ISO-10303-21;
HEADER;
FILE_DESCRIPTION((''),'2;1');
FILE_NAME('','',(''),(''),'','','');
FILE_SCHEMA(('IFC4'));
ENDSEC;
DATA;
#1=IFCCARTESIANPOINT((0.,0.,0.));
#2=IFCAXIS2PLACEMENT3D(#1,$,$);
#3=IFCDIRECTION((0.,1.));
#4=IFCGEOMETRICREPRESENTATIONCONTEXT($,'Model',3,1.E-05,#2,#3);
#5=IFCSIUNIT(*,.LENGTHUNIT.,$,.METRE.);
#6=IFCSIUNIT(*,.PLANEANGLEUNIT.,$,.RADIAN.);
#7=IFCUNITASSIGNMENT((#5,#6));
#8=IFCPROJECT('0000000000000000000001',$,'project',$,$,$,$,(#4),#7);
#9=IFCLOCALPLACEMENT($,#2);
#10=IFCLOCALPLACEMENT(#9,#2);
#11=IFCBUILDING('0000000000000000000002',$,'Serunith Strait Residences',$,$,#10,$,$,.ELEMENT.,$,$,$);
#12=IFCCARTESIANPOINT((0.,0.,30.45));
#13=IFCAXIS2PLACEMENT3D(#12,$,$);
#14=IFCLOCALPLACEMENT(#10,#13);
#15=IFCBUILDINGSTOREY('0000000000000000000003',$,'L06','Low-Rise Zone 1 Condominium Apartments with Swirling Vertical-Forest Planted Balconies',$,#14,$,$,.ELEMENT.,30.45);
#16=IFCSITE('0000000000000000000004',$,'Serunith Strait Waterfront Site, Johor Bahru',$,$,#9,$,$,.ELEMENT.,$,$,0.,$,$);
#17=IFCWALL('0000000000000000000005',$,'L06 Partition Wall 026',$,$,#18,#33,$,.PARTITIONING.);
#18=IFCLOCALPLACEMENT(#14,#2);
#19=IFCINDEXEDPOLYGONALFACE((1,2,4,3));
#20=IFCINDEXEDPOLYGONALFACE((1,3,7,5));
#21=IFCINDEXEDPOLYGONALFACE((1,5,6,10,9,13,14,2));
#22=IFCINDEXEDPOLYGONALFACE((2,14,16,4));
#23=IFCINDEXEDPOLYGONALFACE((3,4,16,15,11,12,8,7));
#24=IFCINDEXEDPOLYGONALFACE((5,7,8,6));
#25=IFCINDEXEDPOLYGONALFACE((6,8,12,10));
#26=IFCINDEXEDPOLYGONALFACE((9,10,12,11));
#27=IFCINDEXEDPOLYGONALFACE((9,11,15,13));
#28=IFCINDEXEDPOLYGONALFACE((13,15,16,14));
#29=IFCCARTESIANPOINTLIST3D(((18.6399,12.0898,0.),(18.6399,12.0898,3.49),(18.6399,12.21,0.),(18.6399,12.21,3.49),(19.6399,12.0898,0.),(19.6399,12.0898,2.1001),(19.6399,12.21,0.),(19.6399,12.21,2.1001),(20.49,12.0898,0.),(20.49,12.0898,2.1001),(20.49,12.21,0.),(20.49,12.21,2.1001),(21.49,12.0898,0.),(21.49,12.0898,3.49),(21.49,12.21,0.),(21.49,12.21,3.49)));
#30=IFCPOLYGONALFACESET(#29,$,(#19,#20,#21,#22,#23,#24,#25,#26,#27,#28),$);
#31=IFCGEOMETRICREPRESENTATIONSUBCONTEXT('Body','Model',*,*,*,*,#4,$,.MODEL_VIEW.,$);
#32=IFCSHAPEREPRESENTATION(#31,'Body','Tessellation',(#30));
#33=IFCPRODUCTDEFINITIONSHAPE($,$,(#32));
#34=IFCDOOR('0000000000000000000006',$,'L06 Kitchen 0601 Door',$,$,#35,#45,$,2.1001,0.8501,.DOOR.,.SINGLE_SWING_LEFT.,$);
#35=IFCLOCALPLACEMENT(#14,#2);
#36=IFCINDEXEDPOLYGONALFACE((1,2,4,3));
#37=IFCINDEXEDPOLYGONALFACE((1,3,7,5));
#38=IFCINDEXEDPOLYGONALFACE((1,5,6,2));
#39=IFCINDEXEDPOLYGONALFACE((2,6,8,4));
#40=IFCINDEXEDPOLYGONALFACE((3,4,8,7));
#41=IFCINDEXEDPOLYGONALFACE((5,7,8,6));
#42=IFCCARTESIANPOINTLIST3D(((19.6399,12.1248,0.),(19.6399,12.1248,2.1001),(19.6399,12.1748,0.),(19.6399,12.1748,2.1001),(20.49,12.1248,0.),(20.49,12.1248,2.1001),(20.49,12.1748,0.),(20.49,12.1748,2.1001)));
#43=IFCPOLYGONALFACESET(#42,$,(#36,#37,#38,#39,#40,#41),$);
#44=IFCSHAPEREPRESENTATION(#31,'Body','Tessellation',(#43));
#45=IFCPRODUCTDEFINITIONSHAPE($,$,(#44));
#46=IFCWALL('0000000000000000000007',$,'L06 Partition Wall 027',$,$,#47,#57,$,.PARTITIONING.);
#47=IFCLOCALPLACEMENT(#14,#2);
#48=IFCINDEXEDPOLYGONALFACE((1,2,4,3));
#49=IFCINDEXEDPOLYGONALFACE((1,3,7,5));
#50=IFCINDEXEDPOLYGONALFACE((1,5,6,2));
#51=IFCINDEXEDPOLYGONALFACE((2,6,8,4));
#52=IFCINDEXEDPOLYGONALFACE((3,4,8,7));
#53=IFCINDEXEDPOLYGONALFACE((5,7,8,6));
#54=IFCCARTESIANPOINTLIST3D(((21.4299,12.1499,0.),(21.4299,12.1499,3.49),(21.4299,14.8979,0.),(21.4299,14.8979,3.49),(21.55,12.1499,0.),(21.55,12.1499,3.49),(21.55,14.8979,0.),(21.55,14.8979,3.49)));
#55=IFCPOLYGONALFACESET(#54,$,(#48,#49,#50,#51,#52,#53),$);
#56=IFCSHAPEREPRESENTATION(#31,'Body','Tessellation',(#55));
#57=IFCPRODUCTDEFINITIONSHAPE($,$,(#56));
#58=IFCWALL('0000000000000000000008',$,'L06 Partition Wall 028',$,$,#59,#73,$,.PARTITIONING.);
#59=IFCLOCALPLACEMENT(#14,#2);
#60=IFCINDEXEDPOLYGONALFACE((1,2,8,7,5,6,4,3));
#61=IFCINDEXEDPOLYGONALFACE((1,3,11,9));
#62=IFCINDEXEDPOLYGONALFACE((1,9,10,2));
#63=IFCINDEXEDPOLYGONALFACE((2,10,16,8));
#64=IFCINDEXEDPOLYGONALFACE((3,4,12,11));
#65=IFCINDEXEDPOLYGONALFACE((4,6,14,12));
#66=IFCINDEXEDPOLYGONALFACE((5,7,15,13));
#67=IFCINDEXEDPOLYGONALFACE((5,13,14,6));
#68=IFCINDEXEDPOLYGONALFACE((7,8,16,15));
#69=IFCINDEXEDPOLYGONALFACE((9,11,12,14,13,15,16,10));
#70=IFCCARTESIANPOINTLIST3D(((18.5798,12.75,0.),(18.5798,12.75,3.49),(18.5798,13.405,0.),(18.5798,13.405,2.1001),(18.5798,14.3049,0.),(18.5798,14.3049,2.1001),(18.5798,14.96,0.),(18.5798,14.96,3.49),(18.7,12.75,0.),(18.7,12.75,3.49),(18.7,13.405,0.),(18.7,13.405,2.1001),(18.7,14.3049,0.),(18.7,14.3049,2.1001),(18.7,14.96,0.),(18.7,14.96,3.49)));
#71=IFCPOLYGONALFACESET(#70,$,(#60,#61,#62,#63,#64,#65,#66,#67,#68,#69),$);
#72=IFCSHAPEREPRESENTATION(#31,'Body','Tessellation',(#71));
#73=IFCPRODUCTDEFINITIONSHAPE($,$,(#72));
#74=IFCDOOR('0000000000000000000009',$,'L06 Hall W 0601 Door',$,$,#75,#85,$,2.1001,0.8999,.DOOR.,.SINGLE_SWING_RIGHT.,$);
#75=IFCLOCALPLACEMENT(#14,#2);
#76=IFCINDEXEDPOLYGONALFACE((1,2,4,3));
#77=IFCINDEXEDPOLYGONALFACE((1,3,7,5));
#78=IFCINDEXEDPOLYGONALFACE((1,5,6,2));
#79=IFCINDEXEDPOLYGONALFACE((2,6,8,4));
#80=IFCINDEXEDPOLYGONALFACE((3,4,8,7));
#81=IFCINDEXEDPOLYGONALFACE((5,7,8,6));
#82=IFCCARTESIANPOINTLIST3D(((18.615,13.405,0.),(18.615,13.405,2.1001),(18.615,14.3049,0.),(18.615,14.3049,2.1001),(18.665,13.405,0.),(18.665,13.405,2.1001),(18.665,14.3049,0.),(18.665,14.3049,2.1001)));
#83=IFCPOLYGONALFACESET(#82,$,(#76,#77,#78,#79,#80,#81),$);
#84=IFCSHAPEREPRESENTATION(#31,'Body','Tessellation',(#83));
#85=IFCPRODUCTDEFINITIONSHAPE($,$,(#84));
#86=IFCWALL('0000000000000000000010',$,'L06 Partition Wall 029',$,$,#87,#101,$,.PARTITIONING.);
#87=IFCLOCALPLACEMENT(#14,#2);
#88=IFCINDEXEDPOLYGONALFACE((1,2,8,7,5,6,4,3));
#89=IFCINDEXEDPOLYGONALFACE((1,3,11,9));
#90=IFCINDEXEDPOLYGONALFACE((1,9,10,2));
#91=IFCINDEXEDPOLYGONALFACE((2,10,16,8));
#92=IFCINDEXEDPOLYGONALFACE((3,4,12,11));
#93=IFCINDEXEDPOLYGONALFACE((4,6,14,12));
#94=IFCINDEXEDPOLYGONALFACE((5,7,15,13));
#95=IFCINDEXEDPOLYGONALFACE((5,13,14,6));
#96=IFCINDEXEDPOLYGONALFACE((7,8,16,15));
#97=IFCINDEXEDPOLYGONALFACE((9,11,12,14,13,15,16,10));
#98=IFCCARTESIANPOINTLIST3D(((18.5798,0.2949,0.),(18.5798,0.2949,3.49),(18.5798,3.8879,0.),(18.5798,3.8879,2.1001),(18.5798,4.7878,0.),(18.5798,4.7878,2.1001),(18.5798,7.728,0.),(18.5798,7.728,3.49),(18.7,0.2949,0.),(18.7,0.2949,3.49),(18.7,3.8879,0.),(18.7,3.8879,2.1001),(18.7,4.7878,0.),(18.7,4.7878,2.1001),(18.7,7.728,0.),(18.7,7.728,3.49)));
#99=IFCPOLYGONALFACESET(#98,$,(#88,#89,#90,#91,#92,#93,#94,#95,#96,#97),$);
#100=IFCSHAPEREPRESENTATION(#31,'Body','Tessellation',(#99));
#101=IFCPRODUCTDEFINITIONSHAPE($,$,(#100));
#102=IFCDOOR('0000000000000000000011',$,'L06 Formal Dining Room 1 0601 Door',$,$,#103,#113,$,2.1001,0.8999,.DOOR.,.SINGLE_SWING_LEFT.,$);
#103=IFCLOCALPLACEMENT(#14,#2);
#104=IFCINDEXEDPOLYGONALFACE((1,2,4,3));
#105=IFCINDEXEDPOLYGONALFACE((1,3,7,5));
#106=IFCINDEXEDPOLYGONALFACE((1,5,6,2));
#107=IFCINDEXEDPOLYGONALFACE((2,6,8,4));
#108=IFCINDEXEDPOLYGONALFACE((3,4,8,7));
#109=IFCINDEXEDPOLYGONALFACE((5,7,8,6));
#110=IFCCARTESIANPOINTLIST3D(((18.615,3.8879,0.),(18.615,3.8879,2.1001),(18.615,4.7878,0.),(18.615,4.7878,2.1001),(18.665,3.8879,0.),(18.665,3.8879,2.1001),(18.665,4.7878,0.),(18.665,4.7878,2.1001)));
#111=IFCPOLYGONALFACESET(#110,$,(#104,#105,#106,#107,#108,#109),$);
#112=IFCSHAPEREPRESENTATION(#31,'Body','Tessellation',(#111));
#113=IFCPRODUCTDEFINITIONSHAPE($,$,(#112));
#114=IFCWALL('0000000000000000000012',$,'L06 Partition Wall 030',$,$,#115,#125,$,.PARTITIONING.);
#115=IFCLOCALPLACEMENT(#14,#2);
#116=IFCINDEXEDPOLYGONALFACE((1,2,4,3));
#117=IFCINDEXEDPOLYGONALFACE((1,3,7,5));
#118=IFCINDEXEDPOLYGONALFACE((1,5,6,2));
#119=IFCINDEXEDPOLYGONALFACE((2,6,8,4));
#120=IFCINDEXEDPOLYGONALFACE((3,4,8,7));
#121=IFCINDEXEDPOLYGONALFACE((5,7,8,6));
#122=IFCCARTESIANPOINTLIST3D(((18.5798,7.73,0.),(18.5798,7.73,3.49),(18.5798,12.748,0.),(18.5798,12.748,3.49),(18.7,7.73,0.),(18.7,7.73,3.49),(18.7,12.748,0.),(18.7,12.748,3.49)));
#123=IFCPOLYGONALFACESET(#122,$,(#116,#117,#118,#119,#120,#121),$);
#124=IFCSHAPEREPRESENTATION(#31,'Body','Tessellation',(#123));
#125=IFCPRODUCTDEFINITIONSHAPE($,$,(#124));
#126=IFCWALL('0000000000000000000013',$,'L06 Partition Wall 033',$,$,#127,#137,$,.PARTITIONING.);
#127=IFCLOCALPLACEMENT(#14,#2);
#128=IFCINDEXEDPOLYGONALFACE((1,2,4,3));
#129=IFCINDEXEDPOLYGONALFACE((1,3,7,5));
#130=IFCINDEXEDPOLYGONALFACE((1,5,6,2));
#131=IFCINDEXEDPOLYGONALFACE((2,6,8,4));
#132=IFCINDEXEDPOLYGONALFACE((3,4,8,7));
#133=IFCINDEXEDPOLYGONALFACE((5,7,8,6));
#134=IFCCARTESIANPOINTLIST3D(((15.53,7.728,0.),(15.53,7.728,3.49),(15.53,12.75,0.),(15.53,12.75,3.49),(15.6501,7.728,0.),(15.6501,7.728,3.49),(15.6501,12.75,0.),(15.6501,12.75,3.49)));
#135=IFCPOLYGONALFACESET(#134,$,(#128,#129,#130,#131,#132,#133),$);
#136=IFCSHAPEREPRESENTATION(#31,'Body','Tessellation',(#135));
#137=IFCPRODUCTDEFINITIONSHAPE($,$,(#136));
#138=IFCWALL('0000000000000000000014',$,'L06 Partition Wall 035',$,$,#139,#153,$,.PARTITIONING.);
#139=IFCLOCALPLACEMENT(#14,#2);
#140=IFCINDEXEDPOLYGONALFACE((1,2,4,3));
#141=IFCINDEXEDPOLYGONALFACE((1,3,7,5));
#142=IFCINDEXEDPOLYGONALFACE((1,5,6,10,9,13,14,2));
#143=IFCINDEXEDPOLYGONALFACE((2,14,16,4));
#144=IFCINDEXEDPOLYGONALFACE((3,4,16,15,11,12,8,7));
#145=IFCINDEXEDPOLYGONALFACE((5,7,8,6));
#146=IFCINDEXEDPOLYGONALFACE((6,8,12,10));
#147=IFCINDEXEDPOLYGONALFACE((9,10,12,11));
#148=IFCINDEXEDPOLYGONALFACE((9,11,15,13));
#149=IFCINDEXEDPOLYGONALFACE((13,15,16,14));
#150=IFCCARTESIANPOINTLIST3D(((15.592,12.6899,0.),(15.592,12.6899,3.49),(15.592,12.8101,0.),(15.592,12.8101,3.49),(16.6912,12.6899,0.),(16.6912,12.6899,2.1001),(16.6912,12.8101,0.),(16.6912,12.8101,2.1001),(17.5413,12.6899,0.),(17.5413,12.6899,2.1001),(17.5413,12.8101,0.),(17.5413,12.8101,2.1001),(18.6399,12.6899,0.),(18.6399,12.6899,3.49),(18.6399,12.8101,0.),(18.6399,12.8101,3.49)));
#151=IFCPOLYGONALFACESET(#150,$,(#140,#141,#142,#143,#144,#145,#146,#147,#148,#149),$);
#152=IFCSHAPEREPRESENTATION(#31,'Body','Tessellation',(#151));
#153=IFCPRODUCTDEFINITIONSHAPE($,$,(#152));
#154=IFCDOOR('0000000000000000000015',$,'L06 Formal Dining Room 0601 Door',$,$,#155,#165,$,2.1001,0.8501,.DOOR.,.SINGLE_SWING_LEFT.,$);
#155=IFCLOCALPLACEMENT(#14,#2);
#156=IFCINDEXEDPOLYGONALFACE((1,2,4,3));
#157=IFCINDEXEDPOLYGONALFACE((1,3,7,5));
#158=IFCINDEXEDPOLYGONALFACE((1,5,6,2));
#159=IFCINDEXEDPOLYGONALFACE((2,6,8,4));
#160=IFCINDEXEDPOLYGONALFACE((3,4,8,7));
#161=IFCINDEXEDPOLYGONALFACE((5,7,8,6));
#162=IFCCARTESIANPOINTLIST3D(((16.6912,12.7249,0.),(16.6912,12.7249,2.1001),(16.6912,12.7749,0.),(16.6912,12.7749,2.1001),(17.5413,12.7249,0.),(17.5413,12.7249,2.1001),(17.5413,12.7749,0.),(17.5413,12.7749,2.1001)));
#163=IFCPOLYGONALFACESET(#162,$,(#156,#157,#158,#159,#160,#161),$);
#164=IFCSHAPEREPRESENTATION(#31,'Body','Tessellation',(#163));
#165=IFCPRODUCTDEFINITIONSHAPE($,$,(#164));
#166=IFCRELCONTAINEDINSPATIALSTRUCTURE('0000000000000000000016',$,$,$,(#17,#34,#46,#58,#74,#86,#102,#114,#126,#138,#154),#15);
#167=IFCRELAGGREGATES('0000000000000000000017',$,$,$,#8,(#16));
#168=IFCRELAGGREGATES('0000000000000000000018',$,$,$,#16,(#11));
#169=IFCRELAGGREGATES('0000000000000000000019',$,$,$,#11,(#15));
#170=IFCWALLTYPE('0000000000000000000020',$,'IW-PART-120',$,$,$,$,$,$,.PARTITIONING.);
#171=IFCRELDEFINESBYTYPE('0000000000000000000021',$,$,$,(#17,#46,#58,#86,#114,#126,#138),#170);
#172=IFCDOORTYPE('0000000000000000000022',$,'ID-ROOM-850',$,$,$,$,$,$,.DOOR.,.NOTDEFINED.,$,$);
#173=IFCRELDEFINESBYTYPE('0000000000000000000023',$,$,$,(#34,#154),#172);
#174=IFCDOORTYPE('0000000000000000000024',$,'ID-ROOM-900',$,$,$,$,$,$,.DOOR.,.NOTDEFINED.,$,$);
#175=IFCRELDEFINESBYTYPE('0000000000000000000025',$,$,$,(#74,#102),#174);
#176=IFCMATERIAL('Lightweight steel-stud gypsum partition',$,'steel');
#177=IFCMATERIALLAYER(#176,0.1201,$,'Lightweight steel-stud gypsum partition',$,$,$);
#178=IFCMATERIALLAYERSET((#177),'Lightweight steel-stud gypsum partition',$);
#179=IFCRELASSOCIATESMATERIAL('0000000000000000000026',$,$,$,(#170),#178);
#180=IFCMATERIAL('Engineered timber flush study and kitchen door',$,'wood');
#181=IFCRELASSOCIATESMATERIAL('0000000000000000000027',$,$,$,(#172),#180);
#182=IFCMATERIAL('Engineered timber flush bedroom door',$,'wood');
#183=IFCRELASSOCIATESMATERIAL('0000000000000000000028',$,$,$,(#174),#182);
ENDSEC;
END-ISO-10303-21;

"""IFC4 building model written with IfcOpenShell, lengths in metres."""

from ifc_helpers import new_model, si_unit, direction, frame, frame_2d, origin, place, context, subcontext, project, spatial, rectangle, extrude, source, transform, mapped, material, layer, layer_set, type_object, element, fill, save


model = new_model("IFC4")

# Units and contexts
model_context = context("Model", 3, precision=1e-05, world=origin(), true_north=direction((0.0, 1.0)))
body_context = subcontext(model_context, "Body", "Model", "MODEL_VIEW")
ifc_project = project(units=[si_unit("LENGTHUNIT", "METRE"), si_unit("PLANEANGLEUNIT", "RADIAN")], contexts=[model_context])

# Site, building, storey
site_placement = place(None, origin())
site = spatial("IfcSite", under=ifc_project, at=site_placement, Name="Serunith Strait Waterfront Site, Johor Bahru", CompositionType="ELEMENT", RefElevation=0.0)
building_placement = place(site_placement, origin())
building = spatial("IfcBuilding", under=site, at=building_placement, Name="Serunith Strait Residences", CompositionType="ELEMENT")
storey_placement = place(building_placement, frame((0.0, 0.0, 30.45)))
storey = spatial("IfcBuildingStorey", under=building, at=storey_placement, Name="L06", Description="Low-Rise Zone 1 Condominium Apartments with Swirling Vertical-Forest Planted Balconies", CompositionType="ELEMENT", Elevation=30.45)

# Wall, opening, door
ifc_material_1 = material(Name="Lightweight steel-stud gypsum partition", Category="steel")
ifc_layer_1 = layer(ifc_material_1, 0.1201, Name="Lightweight steel-stud gypsum partition")
ifc_layer_set_1 = layer_set([ifc_layer_1], Name="Lightweight steel-stud gypsum partition")
wall_type_1 = type_object("IfcWallType", Name="IW-PART-120", PredefinedType="PARTITIONING", material=ifc_layer_set_1)
wall_1_placement = place(storey_placement, frame((18.6399, 12.1499, 0.0), z_axis=(0.0, 0.0, 1.0), x_axis=(1.0, 0.0, 0.0)))
wall_1 = element("IfcWall", 1, at=wall_1_placement, inside=storey, type_object=wall_type_1, Name="L06 Partition Wall 026", PredefinedType="PARTITIONING", context=body_context, shape_type="SweptSolid", body=[
    extrude(rectangle(XDim=2.8501, YDim=0.1201, at=frame_2d((1.425, 0.0))), origin(), (0.0, 0.0, 1.0), 3.49),
])
opening_1_placement = place(wall_1_placement, frame((1.0, 0.0, 0.0)))
opening_1 = element("IfcOpeningElement", 2, at=opening_1_placement, cuts=wall_1, PredefinedType="OPENING", context=body_context, shape_type="SweptSolid", body=[
    extrude(rectangle(XDim=0.8501, YDim=2.1001, at=frame_2d((0.425, 1.05))), frame((0.0, 0.0701, 0.0), z_axis=(0.0, -1.0, 0.0), x_axis=(1.0, 0.0, 0.0)), (0.0, 0.0, 1.0), 0.1401),
])
ifc_material_2 = material(Name="Engineered timber flush study and kitchen door", Category="wood")
door_type_1 = type_object("IfcDoorType", Name="ID-ROOM-850", OperationType="NOTDEFINED", PredefinedType="DOOR", material=ifc_material_2)
shared_shape_1 = source(origin(), body_context, "Body", "SweptSolid", [
    extrude(rectangle(XDim=0.8501, YDim=2.1001, at=frame_2d((0.425, 1.05))), frame((0.0, 0.0249, 0.0), z_axis=(0.0, -1.0, 0.0), x_axis=(1.0, 0.0, 0.0)), (0.0, 0.0, 1.0), 0.05),
])
door_1_placement = place(opening_1_placement, origin())
door_1 = element("IfcDoor", 3, at=door_1_placement, inside=storey, type_object=door_type_1, Name="L06 Kitchen 0601 Door", OperationType="SINGLE_SWING_LEFT", OverallHeight=2.1001, OverallWidth=0.8501, PredefinedType="DOOR", context=body_context, shape_type="MappedRepresentation", body=[
    mapped(shared_shape_1, transform((0.0, 0.0, 0.0), scale=1.0)),
])
fill(opening_1, door_1)

# Wall
wall_2_placement = place(storey_placement, frame((21.49, 12.1499, 0.0), z_axis=(0.0, 0.0, 1.0), x_axis=(0.0, 1.0, 0.0)))
element("IfcWall", 4, at=wall_2_placement, inside=storey, type_object=wall_type_1, Name="L06 Partition Wall 027", PredefinedType="PARTITIONING", context=body_context, shape_type="SweptSolid", body=[
    extrude(rectangle(XDim=2.748, YDim=0.1201, at=frame_2d((1.374, 0.0))), origin(), (0.0, 0.0, 1.0), 3.49),
])

# Walls, openings, doors
wall_3_placement = place(storey_placement, frame((18.6399, 12.75, 0.0), z_axis=(0.0, 0.0, 1.0), x_axis=(0.0, 1.0, 0.0)))
wall_3 = element("IfcWall", 5, at=wall_3_placement, inside=storey, type_object=wall_type_1, Name="L06 Partition Wall 028", PredefinedType="PARTITIONING", context=body_context, shape_type="SweptSolid", body=[
    extrude(rectangle(XDim=2.21, YDim=0.1201, at=frame_2d((1.105, 0.0))), origin(), (0.0, 0.0, 1.0), 3.49),
])
opening_2_placement = place(wall_3_placement, frame((0.655, 0.0, 0.0)))
opening_2 = element("IfcOpeningElement", 6, at=opening_2_placement, cuts=wall_3, PredefinedType="OPENING", context=body_context, shape_type="SweptSolid", body=[
    extrude(rectangle(XDim=0.8999, YDim=2.1001, at=frame_2d((0.45, 1.05))), frame((0.0, 0.0701, 0.0), z_axis=(0.0, -1.0, 0.0), x_axis=(1.0, 0.0, 0.0)), (0.0, 0.0, 1.0), 0.1401),
])
ifc_material_3 = material(Name="Engineered timber flush bedroom door", Category="wood")
door_type_2 = type_object("IfcDoorType", Name="ID-ROOM-900", OperationType="NOTDEFINED", PredefinedType="DOOR", material=ifc_material_3)
shared_shape_2 = source(origin(), body_context, "Body", "SweptSolid", [
    extrude(rectangle(XDim=0.8999, YDim=2.1001, at=frame_2d((0.45, 1.05))), frame((0.0, 0.0249, 0.0), z_axis=(0.0, -1.0, 0.0), x_axis=(1.0, 0.0, 0.0)), (0.0, 0.0, 1.0), 0.05),
])
door_2_placement = place(opening_2_placement, origin())
door_2 = element("IfcDoor", 7, at=door_2_placement, inside=storey, type_object=door_type_2, Name="L06 Hall W 0601 Door", OperationType="SINGLE_SWING_RIGHT", OverallHeight=2.1001, OverallWidth=0.8999, PredefinedType="DOOR", context=body_context, shape_type="MappedRepresentation", body=[
    mapped(shared_shape_2, transform((0.0, 0.0, 0.0), scale=1.0)),
])
fill(opening_2, door_2)
wall_4_placement = place(storey_placement, frame((18.6399, 0.2949, 0.0), z_axis=(0.0, 0.0, 1.0), x_axis=(0.0, 1.0, 0.0)))
wall_4 = element("IfcWall", 8, at=wall_4_placement, inside=storey, type_object=wall_type_1, Name="L06 Partition Wall 029", PredefinedType="PARTITIONING", context=body_context, shape_type="SweptSolid", body=[
    extrude(rectangle(XDim=7.4331, YDim=0.1201, at=frame_2d((3.7166, 0.0))), origin(), (0.0, 0.0, 1.0), 3.49),
])
opening_3_placement = place(wall_4_placement, frame((3.593, 0.0, 0.0)))
opening_3 = element("IfcOpeningElement", 9, at=opening_3_placement, cuts=wall_4, PredefinedType="OPENING", context=body_context, shape_type="SweptSolid", body=[
    extrude(rectangle(XDim=0.8999, YDim=2.1001, at=frame_2d((0.45, 1.05))), frame((0.0, 0.0701, 0.0), z_axis=(0.0, -1.0, 0.0), x_axis=(1.0, 0.0, 0.0)), (0.0, 0.0, 1.0), 0.1401),
])
door_3_placement = place(opening_3_placement, origin())
door_3 = element("IfcDoor", 10, at=door_3_placement, inside=storey, type_object=door_type_2, Name="L06 Formal Dining Room 1 0601 Door", OperationType="SINGLE_SWING_LEFT", OverallHeight=2.1001, OverallWidth=0.8999, PredefinedType="DOOR", context=body_context, shape_type="MappedRepresentation", body=[
    mapped(shared_shape_2, transform((0.0, 0.0, 0.0), scale=1.0)),
])
fill(opening_3, door_3)

# Walls
wall_5_placement = place(storey_placement, frame((18.6399, 7.73, 0.0), z_axis=(0.0, 0.0, 1.0), x_axis=(0.0, 1.0, 0.0)))
element("IfcWall", 11, at=wall_5_placement, inside=storey, type_object=wall_type_1, Name="L06 Partition Wall 030", PredefinedType="PARTITIONING", context=body_context, shape_type="SweptSolid", body=[
    extrude(rectangle(XDim=5.0181, YDim=0.1201, at=frame_2d((2.509, 0.0))), origin(), (0.0, 0.0, 1.0), 3.49),
])
wall_6_placement = place(storey_placement, frame((15.5901, 7.728, 0.0), z_axis=(0.0, 0.0, 1.0), x_axis=(0.0, 1.0, 0.0)))
element("IfcWall", 12, at=wall_6_placement, inside=storey, type_object=wall_type_1, Name="L06 Partition Wall 033", PredefinedType="PARTITIONING", context=body_context, shape_type="SweptSolid", body=[
    extrude(rectangle(XDim=5.022, YDim=0.1201, at=frame_2d((2.511, 0.0))), origin(), (0.0, 0.0, 1.0), 3.49),
])

# Wall, opening, door
wall_7_placement = place(storey_placement, frame((15.592, 12.75, 0.0), z_axis=(0.0, 0.0, 1.0), x_axis=(1.0, 0.0, 0.0)))
wall_7 = element("IfcWall", 13, at=wall_7_placement, inside=storey, type_object=wall_type_1, Name="L06 Partition Wall 035", PredefinedType="PARTITIONING", context=body_context, shape_type="SweptSolid", body=[
    extrude(rectangle(XDim=3.0479, YDim=0.1201, at=frame_2d((1.5239, 0.0))), origin(), (0.0, 0.0, 1.0), 3.49),
])
opening_4_placement = place(wall_7_placement, frame((1.0991, 0.0, 0.0)))
opening_4 = element("IfcOpeningElement", 14, at=opening_4_placement, cuts=wall_7, PredefinedType="OPENING", context=body_context, shape_type="SweptSolid", body=[
    extrude(rectangle(XDim=0.8501, YDim=2.1001, at=frame_2d((0.425, 1.05))), frame((0.0, 0.0701, 0.0), z_axis=(0.0, -1.0, 0.0), x_axis=(1.0, 0.0, 0.0)), (0.0, 0.0, 1.0), 0.1401),
])
door_4_placement = place(opening_4_placement, origin())
door_4 = element("IfcDoor", 15, at=door_4_placement, inside=storey, type_object=door_type_1, Name="L06 Formal Dining Room 0601 Door", OperationType="SINGLE_SWING_LEFT", OverallHeight=2.1001, OverallWidth=0.8501, PredefinedType="DOOR", context=body_context, shape_type="MappedRepresentation", body=[
    mapped(shared_shape_1, transform((0.0, 0.0, 0.0), scale=1.0)),
])
fill(opening_4, door_4)

save(model, "model.ifc")
